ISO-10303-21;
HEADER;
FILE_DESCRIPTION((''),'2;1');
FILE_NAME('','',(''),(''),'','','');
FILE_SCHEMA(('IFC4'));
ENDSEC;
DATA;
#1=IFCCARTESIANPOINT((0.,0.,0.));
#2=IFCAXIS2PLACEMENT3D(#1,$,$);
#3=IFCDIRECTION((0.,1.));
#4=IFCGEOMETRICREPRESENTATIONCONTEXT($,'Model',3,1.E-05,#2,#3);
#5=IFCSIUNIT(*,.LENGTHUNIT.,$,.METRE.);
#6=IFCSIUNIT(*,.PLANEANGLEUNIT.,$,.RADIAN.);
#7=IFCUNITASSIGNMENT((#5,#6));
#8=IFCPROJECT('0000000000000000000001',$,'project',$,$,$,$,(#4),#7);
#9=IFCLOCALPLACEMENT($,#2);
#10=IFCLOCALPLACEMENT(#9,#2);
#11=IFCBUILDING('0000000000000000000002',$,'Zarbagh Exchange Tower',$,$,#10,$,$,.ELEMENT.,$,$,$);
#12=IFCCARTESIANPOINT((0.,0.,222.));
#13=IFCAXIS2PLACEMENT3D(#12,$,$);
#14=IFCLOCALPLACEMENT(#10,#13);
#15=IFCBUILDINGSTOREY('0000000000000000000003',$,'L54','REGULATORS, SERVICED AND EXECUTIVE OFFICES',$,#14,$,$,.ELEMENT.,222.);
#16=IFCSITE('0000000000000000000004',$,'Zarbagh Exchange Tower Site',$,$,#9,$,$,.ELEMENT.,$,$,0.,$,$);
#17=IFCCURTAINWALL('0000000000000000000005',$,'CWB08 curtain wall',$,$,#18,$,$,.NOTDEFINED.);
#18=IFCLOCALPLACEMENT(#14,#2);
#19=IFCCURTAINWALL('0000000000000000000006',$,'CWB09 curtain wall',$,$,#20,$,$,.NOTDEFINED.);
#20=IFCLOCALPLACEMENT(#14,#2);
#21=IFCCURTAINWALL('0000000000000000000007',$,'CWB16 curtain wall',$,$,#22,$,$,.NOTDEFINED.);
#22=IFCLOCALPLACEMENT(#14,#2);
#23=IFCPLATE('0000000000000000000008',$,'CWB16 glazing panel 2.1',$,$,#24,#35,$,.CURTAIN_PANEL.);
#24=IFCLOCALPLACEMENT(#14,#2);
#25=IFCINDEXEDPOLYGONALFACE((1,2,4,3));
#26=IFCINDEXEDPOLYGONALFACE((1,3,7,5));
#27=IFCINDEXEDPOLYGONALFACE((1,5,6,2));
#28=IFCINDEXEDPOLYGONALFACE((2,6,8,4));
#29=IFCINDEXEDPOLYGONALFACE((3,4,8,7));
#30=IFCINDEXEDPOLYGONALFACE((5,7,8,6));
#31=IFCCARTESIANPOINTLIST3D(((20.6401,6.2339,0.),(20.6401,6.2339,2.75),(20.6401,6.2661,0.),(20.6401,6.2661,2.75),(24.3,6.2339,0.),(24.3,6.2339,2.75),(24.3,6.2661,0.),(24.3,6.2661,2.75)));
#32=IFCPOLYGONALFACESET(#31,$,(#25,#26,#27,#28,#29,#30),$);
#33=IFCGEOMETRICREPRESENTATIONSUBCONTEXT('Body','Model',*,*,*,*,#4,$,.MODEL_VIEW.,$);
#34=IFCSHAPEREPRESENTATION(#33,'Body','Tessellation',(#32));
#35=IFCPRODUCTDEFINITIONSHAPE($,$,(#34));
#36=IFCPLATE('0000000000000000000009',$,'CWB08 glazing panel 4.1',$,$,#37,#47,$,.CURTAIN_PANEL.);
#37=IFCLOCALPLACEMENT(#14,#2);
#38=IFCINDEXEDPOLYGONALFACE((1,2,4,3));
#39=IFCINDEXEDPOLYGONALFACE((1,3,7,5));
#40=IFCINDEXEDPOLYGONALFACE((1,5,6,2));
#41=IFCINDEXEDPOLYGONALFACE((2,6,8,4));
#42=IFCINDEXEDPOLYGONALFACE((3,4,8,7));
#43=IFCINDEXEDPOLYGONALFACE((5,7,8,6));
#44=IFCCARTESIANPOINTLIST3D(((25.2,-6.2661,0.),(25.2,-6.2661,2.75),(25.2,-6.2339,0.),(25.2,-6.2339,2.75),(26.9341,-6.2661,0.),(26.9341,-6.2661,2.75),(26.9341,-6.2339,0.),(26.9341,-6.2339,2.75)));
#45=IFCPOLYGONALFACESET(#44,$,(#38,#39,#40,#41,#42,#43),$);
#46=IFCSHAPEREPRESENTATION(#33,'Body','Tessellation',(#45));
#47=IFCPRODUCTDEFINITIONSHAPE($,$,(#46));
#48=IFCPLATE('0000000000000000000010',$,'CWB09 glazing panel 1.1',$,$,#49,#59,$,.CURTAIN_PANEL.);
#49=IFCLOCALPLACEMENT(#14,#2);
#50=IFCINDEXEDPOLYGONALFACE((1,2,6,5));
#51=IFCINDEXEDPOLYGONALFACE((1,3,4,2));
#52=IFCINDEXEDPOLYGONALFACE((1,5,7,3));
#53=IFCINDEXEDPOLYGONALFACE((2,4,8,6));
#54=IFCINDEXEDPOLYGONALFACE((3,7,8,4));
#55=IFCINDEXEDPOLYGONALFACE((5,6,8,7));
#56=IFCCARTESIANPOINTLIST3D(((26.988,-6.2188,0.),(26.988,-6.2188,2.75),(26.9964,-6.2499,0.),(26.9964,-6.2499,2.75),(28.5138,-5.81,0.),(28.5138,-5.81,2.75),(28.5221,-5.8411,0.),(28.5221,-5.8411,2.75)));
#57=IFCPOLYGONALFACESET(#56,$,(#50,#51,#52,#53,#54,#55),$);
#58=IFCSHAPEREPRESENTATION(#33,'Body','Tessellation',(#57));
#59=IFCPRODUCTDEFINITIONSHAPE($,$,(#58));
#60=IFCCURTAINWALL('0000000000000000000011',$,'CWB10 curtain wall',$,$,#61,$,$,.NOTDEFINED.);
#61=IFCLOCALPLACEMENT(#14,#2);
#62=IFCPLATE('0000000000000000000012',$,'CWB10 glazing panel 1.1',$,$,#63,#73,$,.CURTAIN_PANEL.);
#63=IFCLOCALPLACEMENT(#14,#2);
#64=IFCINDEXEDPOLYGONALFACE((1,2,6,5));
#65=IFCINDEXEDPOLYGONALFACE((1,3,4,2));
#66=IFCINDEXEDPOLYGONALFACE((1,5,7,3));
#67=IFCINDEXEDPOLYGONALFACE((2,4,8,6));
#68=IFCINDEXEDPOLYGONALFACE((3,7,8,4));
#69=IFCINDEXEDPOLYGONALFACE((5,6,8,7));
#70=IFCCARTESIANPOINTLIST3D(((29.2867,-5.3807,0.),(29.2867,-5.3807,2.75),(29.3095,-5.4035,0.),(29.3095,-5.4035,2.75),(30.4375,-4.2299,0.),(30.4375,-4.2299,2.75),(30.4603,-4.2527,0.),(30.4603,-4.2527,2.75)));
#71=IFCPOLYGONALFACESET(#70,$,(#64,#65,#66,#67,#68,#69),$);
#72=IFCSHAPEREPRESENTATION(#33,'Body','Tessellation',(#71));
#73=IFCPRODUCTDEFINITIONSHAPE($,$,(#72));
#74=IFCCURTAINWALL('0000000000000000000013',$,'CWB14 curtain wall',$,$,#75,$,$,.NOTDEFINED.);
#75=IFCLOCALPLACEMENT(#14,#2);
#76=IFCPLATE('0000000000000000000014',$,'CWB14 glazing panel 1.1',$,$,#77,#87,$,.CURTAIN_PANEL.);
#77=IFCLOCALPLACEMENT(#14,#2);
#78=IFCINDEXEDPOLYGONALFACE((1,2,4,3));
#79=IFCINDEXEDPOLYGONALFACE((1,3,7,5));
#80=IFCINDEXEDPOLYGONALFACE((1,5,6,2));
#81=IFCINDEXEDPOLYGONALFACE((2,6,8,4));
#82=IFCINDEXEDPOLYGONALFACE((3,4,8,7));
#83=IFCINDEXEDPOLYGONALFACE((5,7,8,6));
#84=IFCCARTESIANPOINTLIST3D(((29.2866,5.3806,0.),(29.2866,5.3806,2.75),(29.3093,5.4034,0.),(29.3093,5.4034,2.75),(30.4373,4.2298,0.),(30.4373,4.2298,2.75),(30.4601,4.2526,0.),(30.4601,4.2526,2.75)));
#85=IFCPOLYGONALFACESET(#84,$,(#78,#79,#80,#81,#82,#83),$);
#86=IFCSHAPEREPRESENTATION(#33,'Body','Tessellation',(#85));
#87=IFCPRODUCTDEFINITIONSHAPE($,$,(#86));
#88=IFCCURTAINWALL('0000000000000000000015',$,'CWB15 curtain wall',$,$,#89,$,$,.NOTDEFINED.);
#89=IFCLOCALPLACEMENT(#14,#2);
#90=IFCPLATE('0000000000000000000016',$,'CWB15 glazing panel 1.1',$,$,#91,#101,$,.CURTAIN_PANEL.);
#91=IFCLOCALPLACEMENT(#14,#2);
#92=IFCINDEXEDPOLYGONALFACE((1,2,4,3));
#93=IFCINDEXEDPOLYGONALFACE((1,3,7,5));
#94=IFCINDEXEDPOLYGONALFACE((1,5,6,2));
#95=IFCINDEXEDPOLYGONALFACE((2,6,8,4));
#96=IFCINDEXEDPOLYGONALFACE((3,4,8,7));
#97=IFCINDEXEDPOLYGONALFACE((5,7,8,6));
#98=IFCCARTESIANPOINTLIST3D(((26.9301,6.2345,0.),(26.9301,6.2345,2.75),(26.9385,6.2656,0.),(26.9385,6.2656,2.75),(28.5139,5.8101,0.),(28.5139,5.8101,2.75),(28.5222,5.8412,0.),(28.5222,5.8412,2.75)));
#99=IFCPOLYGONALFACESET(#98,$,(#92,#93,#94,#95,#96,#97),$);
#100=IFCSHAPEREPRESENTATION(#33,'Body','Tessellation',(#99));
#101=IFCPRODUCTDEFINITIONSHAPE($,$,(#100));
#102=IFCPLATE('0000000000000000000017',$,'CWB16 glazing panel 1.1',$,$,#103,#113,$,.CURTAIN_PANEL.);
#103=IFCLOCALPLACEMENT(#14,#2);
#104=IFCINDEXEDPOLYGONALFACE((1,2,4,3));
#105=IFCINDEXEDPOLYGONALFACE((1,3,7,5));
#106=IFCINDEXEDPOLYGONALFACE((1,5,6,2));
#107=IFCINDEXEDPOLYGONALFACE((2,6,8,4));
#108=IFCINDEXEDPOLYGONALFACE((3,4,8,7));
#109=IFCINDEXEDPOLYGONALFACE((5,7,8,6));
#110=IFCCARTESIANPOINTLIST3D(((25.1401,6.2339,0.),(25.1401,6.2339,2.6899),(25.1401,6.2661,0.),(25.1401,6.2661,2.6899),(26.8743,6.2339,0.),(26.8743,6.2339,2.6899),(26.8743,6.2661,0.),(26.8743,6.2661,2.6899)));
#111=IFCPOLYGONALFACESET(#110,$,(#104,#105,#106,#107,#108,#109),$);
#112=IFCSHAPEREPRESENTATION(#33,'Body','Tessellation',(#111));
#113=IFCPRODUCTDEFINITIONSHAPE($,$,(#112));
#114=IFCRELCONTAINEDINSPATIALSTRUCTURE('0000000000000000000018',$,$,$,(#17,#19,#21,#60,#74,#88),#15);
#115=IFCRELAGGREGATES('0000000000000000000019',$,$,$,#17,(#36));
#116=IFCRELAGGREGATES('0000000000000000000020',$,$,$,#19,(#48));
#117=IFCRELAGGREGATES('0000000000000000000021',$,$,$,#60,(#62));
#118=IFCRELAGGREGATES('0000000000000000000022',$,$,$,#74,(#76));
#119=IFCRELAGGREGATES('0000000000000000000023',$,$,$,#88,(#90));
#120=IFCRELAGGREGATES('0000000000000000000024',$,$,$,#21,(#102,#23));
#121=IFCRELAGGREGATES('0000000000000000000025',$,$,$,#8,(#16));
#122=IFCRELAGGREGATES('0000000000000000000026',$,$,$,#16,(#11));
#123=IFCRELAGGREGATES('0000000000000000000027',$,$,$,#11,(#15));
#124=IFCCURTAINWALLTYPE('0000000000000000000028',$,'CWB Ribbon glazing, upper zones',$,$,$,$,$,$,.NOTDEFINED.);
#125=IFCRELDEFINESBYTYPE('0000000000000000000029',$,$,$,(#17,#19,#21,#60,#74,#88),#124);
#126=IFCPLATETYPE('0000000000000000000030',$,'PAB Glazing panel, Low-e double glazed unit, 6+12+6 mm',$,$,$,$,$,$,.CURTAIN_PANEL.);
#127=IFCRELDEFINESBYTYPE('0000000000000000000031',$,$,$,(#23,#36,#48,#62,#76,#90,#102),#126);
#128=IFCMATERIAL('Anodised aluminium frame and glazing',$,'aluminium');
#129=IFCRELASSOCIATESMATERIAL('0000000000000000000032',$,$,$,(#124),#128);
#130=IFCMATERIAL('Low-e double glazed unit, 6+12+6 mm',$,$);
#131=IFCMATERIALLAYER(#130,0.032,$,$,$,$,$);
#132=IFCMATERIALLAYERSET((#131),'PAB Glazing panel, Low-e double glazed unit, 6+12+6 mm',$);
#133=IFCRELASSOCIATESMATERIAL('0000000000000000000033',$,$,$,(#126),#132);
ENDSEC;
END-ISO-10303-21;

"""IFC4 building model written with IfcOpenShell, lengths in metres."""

from ifc_helpers import new_model, si_unit, direction, frame, origin, place, context, subcontext, project, spatial, polyline, outline, extrude, source, transform, mapped, material, layer, layer_set, type_object, element, aggregate, save


model = new_model("IFC4")

# Units and contexts
model_context = context("Model", 3, precision=1e-05, world=origin(), true_north=direction((0.0, 1.0)))
body_context = subcontext(model_context, "Body", "Model", "MODEL_VIEW")
ifc_project = project(units=[si_unit("LENGTHUNIT", "METRE"), si_unit("PLANEANGLEUNIT", "RADIAN")], contexts=[model_context])

# Site, building, storey
site_placement = place(None, origin())
site = spatial("IfcSite", under=ifc_project, at=site_placement, Name="Zarbagh Exchange Tower Site", CompositionType="ELEMENT", RefElevation=0.0)
building_placement = place(site_placement, origin())
building = spatial("IfcBuilding", under=site, at=building_placement, Name="Zarbagh Exchange Tower", CompositionType="ELEMENT")
storey_placement = place(building_placement, frame((0.0, 0.0, 222.0)))
storey = spatial("IfcBuildingStorey", under=building, at=storey_placement, Name="L54", Description="REGULATORS, SERVICED AND EXECUTIVE OFFICES", CompositionType="ELEMENT", Elevation=222.0)

# Curtain wall
ifc_material_1 = material(Name="Anodised aluminium frame and glazing", Category="aluminium")
curtain_wall_type = type_object("IfcCurtainWallType", Name="CWB Ribbon glazing, upper zones", PredefinedType="NOTDEFINED", material=ifc_material_1)
curtain_wall_1_placement = place(storey_placement, origin())
curtain_wall_1 = element("IfcCurtainWall", 1, at=curtain_wall_1_placement, inside=storey, type_object=curtain_wall_type, Name="CWB08 curtain wall", PredefinedType="NOTDEFINED")
placement = place(storey_placement, origin())

# Curtain wall
curtain_wall_2_placement = place(storey_placement, origin())
curtain_wall_2 = element("IfcCurtainWall", 2, at=curtain_wall_2_placement, inside=storey, type_object=curtain_wall_type, Name="CWB09 curtain wall", PredefinedType="NOTDEFINED")

# Curtain wall
curtain_wall_3_placement = place(storey_placement, origin())
curtain_wall_3 = element("IfcCurtainWall", 3, at=curtain_wall_3_placement, inside=storey, type_object=curtain_wall_type, Name="CWB16 curtain wall", PredefinedType="NOTDEFINED")

# Shared definitions
ifc_material_2 = material(Name="Low-e double glazed unit, 6+12+6 mm")
ifc_layer = layer(ifc_material_2, 0.032)
ifc_layer_set = layer_set([ifc_layer], Name="PAB Glazing panel, Low-e double glazed unit, 6+12+6 mm")
plate_type = type_object("IfcPlateType", Name="PAB Glazing panel, Low-e double glazed unit, 6+12+6 mm", PredefinedType="CURTAIN_PANEL", material=ifc_layer_set)

# Plates
shared_shape_1 = source(origin(), body_context, "Body", "SweptSolid", [
    extrude(outline(polyline([(0.0, -0.0161), (3.6599, -0.0161), (3.6599, 0.0161), (0.0, 0.0161), (0.0, -0.0161)])), origin(), (0.0, 0.0, 1.0), 2.75),
])
plate_1 = element("IfcPlate", 4, at=placement, type_object=plate_type, Name="CWB16 glazing panel 2.1", PredefinedType="CURTAIN_PANEL", context=body_context, shape_type="MappedRepresentation", body=[
    mapped(shared_shape_1, transform((24.3, 6.25, 0.0), x_axis=(-1.0, 0.0, 0.0), y_axis=(0.0, -1.0, 0.0), z_axis=(0.0, 0.0, 1.0))),
])
shared_shape_2 = source(origin(), body_context, "Body", "SweptSolid", [
    extrude(outline(polyline([(0.0, -0.0161), (1.7341, -0.0161), (1.7341, 0.0161), (0.0, 0.0161), (0.0, -0.0161)])), origin(), (0.0, 0.0, 1.0), 2.75),
])
plate_2 = element("IfcPlate", 5, at=placement, type_object=plate_type, Name="CWB08 glazing panel 4.1", PredefinedType="CURTAIN_PANEL", context=body_context, shape_type="MappedRepresentation", body=[
    mapped(shared_shape_2, transform((25.2, -6.25, 0.0), x_axis=(1.0, 0.0, 0.0), y_axis=(0.0, 1.0, 0.0), z_axis=(0.0, 0.0, 1.0))),
])
aggregate(curtain_wall_1, [plate_2])
shared_shape_3 = source(origin(), body_context, "Body", "SweptSolid", [
    extrude(outline(polyline([(0.0, -0.0161), (1.5796, -0.0161), (1.5796, 0.0161), (0.0, 0.0161), (0.0, -0.0161)])), origin(), (0.0, 0.0, 1.0), 2.75),
])
plate_3 = element("IfcPlate", 6, at=placement, type_object=plate_type, Name="CWB09 glazing panel 1.1", PredefinedType="CURTAIN_PANEL", context=body_context, shape_type="MappedRepresentation", body=[
    mapped(shared_shape_3, transform((26.9922, -6.2344, 0.0), x_axis=(0.965924, 0.258825, 0.0), y_axis=(-0.258825, 0.965924, 0.0), z_axis=(0.0, 0.0, 1.0))),
])
aggregate(curtain_wall_2, [plate_3])

# Curtain walls, plates
curtain_wall_4_placement = place(storey_placement, origin())
curtain_wall_4 = element("IfcCurtainWall", 7, at=curtain_wall_4_placement, inside=storey, type_object=curtain_wall_type, Name="CWB10 curtain wall", PredefinedType="NOTDEFINED")
shared_shape_4 = source(origin(), body_context, "Body", "SweptSolid", [
    extrude(outline(polyline([(0.0, -0.0161), (1.6274, -0.0161), (1.6274, 0.0161), (0.0, 0.0161), (0.0, -0.0161)])), origin(), (0.0, 0.0, 1.0), 2.75),
])
plate_4 = element("IfcPlate", 8, at=placement, type_object=plate_type, Name="CWB10 glazing panel 1.1", PredefinedType="CURTAIN_PANEL", context=body_context, shape_type="MappedRepresentation", body=[
    mapped(shared_shape_4, transform((29.2981, -5.3921, 0.0), x_axis=(0.707107, 0.707107, 0.0), y_axis=(-0.707107, 0.707107, 0.0), z_axis=(0.0, 0.0, 1.0))),
])
aggregate(curtain_wall_4, [plate_4])
curtain_wall_5_placement = place(storey_placement, origin())
curtain_wall_5 = element("IfcCurtainWall", 9, at=curtain_wall_5_placement, inside=storey, type_object=curtain_wall_type, Name="CWB14 curtain wall", PredefinedType="NOTDEFINED")
plate_5 = element("IfcPlate", 10, at=placement, type_object=plate_type, Name="CWB14 glazing panel 1.1", PredefinedType="CURTAIN_PANEL", context=body_context, shape_type="MappedRepresentation", body=[
    mapped(shared_shape_4, transform((30.4487, 4.2412, 0.0), x_axis=(-0.707107, 0.707107, 0.0), y_axis=(-0.707107, -0.707107, 0.0), z_axis=(0.0, 0.0, 1.0))),
])
aggregate(curtain_wall_5, [plate_5])
curtain_wall_6_placement = place(storey_placement, origin())
curtain_wall_6 = element("IfcCurtainWall", 11, at=curtain_wall_6_placement, inside=storey, type_object=curtain_wall_type, Name="CWB15 curtain wall", PredefinedType="NOTDEFINED")
shared_shape_5 = source(origin(), body_context, "Body", "SweptSolid", [
    extrude(outline(polyline([(0.0, -0.0161), (1.6396, -0.0161), (1.6396, 0.0161), (0.0, 0.0161), (0.0, -0.0161)])), origin(), (0.0, 0.0, 1.0), 2.75),
])
plate_6 = element("IfcPlate", 12, at=placement, type_object=plate_type, Name="CWB15 glazing panel 1.1", PredefinedType="CURTAIN_PANEL", context=body_context, shape_type="MappedRepresentation", body=[
    mapped(shared_shape_5, transform((28.5181, 5.8257, 0.0), x_axis=(-0.965924, 0.258825, 0.0), y_axis=(-0.258825, -0.965924, 0.0), z_axis=(0.0, 0.0, 1.0))),
])
aggregate(curtain_wall_6, [plate_6])

# Plate
shared_shape_6 = source(origin(), body_context, "Body", "SweptSolid", [
    extrude(outline(polyline([(0.0, -0.0161), (1.7341, -0.0161), (1.7341, 0.0161), (0.0, 0.0161), (0.0, -0.0161)])), origin(), (0.0, 0.0, 1.0), 2.6899),
])
plate_7 = element("IfcPlate", 13, at=placement, type_object=plate_type, Name="CWB16 glazing panel 1.1", PredefinedType="CURTAIN_PANEL", context=body_context, shape_type="MappedRepresentation", body=[
    mapped(shared_shape_6, transform((26.8743, 6.25, 0.0), x_axis=(-1.0, 0.0, 0.0), y_axis=(0.0, -1.0, 0.0), z_axis=(0.0, 0.0, 1.0))),
])
aggregate(curtain_wall_3, [plate_7, plate_1])

save(model, "model.ifc")
